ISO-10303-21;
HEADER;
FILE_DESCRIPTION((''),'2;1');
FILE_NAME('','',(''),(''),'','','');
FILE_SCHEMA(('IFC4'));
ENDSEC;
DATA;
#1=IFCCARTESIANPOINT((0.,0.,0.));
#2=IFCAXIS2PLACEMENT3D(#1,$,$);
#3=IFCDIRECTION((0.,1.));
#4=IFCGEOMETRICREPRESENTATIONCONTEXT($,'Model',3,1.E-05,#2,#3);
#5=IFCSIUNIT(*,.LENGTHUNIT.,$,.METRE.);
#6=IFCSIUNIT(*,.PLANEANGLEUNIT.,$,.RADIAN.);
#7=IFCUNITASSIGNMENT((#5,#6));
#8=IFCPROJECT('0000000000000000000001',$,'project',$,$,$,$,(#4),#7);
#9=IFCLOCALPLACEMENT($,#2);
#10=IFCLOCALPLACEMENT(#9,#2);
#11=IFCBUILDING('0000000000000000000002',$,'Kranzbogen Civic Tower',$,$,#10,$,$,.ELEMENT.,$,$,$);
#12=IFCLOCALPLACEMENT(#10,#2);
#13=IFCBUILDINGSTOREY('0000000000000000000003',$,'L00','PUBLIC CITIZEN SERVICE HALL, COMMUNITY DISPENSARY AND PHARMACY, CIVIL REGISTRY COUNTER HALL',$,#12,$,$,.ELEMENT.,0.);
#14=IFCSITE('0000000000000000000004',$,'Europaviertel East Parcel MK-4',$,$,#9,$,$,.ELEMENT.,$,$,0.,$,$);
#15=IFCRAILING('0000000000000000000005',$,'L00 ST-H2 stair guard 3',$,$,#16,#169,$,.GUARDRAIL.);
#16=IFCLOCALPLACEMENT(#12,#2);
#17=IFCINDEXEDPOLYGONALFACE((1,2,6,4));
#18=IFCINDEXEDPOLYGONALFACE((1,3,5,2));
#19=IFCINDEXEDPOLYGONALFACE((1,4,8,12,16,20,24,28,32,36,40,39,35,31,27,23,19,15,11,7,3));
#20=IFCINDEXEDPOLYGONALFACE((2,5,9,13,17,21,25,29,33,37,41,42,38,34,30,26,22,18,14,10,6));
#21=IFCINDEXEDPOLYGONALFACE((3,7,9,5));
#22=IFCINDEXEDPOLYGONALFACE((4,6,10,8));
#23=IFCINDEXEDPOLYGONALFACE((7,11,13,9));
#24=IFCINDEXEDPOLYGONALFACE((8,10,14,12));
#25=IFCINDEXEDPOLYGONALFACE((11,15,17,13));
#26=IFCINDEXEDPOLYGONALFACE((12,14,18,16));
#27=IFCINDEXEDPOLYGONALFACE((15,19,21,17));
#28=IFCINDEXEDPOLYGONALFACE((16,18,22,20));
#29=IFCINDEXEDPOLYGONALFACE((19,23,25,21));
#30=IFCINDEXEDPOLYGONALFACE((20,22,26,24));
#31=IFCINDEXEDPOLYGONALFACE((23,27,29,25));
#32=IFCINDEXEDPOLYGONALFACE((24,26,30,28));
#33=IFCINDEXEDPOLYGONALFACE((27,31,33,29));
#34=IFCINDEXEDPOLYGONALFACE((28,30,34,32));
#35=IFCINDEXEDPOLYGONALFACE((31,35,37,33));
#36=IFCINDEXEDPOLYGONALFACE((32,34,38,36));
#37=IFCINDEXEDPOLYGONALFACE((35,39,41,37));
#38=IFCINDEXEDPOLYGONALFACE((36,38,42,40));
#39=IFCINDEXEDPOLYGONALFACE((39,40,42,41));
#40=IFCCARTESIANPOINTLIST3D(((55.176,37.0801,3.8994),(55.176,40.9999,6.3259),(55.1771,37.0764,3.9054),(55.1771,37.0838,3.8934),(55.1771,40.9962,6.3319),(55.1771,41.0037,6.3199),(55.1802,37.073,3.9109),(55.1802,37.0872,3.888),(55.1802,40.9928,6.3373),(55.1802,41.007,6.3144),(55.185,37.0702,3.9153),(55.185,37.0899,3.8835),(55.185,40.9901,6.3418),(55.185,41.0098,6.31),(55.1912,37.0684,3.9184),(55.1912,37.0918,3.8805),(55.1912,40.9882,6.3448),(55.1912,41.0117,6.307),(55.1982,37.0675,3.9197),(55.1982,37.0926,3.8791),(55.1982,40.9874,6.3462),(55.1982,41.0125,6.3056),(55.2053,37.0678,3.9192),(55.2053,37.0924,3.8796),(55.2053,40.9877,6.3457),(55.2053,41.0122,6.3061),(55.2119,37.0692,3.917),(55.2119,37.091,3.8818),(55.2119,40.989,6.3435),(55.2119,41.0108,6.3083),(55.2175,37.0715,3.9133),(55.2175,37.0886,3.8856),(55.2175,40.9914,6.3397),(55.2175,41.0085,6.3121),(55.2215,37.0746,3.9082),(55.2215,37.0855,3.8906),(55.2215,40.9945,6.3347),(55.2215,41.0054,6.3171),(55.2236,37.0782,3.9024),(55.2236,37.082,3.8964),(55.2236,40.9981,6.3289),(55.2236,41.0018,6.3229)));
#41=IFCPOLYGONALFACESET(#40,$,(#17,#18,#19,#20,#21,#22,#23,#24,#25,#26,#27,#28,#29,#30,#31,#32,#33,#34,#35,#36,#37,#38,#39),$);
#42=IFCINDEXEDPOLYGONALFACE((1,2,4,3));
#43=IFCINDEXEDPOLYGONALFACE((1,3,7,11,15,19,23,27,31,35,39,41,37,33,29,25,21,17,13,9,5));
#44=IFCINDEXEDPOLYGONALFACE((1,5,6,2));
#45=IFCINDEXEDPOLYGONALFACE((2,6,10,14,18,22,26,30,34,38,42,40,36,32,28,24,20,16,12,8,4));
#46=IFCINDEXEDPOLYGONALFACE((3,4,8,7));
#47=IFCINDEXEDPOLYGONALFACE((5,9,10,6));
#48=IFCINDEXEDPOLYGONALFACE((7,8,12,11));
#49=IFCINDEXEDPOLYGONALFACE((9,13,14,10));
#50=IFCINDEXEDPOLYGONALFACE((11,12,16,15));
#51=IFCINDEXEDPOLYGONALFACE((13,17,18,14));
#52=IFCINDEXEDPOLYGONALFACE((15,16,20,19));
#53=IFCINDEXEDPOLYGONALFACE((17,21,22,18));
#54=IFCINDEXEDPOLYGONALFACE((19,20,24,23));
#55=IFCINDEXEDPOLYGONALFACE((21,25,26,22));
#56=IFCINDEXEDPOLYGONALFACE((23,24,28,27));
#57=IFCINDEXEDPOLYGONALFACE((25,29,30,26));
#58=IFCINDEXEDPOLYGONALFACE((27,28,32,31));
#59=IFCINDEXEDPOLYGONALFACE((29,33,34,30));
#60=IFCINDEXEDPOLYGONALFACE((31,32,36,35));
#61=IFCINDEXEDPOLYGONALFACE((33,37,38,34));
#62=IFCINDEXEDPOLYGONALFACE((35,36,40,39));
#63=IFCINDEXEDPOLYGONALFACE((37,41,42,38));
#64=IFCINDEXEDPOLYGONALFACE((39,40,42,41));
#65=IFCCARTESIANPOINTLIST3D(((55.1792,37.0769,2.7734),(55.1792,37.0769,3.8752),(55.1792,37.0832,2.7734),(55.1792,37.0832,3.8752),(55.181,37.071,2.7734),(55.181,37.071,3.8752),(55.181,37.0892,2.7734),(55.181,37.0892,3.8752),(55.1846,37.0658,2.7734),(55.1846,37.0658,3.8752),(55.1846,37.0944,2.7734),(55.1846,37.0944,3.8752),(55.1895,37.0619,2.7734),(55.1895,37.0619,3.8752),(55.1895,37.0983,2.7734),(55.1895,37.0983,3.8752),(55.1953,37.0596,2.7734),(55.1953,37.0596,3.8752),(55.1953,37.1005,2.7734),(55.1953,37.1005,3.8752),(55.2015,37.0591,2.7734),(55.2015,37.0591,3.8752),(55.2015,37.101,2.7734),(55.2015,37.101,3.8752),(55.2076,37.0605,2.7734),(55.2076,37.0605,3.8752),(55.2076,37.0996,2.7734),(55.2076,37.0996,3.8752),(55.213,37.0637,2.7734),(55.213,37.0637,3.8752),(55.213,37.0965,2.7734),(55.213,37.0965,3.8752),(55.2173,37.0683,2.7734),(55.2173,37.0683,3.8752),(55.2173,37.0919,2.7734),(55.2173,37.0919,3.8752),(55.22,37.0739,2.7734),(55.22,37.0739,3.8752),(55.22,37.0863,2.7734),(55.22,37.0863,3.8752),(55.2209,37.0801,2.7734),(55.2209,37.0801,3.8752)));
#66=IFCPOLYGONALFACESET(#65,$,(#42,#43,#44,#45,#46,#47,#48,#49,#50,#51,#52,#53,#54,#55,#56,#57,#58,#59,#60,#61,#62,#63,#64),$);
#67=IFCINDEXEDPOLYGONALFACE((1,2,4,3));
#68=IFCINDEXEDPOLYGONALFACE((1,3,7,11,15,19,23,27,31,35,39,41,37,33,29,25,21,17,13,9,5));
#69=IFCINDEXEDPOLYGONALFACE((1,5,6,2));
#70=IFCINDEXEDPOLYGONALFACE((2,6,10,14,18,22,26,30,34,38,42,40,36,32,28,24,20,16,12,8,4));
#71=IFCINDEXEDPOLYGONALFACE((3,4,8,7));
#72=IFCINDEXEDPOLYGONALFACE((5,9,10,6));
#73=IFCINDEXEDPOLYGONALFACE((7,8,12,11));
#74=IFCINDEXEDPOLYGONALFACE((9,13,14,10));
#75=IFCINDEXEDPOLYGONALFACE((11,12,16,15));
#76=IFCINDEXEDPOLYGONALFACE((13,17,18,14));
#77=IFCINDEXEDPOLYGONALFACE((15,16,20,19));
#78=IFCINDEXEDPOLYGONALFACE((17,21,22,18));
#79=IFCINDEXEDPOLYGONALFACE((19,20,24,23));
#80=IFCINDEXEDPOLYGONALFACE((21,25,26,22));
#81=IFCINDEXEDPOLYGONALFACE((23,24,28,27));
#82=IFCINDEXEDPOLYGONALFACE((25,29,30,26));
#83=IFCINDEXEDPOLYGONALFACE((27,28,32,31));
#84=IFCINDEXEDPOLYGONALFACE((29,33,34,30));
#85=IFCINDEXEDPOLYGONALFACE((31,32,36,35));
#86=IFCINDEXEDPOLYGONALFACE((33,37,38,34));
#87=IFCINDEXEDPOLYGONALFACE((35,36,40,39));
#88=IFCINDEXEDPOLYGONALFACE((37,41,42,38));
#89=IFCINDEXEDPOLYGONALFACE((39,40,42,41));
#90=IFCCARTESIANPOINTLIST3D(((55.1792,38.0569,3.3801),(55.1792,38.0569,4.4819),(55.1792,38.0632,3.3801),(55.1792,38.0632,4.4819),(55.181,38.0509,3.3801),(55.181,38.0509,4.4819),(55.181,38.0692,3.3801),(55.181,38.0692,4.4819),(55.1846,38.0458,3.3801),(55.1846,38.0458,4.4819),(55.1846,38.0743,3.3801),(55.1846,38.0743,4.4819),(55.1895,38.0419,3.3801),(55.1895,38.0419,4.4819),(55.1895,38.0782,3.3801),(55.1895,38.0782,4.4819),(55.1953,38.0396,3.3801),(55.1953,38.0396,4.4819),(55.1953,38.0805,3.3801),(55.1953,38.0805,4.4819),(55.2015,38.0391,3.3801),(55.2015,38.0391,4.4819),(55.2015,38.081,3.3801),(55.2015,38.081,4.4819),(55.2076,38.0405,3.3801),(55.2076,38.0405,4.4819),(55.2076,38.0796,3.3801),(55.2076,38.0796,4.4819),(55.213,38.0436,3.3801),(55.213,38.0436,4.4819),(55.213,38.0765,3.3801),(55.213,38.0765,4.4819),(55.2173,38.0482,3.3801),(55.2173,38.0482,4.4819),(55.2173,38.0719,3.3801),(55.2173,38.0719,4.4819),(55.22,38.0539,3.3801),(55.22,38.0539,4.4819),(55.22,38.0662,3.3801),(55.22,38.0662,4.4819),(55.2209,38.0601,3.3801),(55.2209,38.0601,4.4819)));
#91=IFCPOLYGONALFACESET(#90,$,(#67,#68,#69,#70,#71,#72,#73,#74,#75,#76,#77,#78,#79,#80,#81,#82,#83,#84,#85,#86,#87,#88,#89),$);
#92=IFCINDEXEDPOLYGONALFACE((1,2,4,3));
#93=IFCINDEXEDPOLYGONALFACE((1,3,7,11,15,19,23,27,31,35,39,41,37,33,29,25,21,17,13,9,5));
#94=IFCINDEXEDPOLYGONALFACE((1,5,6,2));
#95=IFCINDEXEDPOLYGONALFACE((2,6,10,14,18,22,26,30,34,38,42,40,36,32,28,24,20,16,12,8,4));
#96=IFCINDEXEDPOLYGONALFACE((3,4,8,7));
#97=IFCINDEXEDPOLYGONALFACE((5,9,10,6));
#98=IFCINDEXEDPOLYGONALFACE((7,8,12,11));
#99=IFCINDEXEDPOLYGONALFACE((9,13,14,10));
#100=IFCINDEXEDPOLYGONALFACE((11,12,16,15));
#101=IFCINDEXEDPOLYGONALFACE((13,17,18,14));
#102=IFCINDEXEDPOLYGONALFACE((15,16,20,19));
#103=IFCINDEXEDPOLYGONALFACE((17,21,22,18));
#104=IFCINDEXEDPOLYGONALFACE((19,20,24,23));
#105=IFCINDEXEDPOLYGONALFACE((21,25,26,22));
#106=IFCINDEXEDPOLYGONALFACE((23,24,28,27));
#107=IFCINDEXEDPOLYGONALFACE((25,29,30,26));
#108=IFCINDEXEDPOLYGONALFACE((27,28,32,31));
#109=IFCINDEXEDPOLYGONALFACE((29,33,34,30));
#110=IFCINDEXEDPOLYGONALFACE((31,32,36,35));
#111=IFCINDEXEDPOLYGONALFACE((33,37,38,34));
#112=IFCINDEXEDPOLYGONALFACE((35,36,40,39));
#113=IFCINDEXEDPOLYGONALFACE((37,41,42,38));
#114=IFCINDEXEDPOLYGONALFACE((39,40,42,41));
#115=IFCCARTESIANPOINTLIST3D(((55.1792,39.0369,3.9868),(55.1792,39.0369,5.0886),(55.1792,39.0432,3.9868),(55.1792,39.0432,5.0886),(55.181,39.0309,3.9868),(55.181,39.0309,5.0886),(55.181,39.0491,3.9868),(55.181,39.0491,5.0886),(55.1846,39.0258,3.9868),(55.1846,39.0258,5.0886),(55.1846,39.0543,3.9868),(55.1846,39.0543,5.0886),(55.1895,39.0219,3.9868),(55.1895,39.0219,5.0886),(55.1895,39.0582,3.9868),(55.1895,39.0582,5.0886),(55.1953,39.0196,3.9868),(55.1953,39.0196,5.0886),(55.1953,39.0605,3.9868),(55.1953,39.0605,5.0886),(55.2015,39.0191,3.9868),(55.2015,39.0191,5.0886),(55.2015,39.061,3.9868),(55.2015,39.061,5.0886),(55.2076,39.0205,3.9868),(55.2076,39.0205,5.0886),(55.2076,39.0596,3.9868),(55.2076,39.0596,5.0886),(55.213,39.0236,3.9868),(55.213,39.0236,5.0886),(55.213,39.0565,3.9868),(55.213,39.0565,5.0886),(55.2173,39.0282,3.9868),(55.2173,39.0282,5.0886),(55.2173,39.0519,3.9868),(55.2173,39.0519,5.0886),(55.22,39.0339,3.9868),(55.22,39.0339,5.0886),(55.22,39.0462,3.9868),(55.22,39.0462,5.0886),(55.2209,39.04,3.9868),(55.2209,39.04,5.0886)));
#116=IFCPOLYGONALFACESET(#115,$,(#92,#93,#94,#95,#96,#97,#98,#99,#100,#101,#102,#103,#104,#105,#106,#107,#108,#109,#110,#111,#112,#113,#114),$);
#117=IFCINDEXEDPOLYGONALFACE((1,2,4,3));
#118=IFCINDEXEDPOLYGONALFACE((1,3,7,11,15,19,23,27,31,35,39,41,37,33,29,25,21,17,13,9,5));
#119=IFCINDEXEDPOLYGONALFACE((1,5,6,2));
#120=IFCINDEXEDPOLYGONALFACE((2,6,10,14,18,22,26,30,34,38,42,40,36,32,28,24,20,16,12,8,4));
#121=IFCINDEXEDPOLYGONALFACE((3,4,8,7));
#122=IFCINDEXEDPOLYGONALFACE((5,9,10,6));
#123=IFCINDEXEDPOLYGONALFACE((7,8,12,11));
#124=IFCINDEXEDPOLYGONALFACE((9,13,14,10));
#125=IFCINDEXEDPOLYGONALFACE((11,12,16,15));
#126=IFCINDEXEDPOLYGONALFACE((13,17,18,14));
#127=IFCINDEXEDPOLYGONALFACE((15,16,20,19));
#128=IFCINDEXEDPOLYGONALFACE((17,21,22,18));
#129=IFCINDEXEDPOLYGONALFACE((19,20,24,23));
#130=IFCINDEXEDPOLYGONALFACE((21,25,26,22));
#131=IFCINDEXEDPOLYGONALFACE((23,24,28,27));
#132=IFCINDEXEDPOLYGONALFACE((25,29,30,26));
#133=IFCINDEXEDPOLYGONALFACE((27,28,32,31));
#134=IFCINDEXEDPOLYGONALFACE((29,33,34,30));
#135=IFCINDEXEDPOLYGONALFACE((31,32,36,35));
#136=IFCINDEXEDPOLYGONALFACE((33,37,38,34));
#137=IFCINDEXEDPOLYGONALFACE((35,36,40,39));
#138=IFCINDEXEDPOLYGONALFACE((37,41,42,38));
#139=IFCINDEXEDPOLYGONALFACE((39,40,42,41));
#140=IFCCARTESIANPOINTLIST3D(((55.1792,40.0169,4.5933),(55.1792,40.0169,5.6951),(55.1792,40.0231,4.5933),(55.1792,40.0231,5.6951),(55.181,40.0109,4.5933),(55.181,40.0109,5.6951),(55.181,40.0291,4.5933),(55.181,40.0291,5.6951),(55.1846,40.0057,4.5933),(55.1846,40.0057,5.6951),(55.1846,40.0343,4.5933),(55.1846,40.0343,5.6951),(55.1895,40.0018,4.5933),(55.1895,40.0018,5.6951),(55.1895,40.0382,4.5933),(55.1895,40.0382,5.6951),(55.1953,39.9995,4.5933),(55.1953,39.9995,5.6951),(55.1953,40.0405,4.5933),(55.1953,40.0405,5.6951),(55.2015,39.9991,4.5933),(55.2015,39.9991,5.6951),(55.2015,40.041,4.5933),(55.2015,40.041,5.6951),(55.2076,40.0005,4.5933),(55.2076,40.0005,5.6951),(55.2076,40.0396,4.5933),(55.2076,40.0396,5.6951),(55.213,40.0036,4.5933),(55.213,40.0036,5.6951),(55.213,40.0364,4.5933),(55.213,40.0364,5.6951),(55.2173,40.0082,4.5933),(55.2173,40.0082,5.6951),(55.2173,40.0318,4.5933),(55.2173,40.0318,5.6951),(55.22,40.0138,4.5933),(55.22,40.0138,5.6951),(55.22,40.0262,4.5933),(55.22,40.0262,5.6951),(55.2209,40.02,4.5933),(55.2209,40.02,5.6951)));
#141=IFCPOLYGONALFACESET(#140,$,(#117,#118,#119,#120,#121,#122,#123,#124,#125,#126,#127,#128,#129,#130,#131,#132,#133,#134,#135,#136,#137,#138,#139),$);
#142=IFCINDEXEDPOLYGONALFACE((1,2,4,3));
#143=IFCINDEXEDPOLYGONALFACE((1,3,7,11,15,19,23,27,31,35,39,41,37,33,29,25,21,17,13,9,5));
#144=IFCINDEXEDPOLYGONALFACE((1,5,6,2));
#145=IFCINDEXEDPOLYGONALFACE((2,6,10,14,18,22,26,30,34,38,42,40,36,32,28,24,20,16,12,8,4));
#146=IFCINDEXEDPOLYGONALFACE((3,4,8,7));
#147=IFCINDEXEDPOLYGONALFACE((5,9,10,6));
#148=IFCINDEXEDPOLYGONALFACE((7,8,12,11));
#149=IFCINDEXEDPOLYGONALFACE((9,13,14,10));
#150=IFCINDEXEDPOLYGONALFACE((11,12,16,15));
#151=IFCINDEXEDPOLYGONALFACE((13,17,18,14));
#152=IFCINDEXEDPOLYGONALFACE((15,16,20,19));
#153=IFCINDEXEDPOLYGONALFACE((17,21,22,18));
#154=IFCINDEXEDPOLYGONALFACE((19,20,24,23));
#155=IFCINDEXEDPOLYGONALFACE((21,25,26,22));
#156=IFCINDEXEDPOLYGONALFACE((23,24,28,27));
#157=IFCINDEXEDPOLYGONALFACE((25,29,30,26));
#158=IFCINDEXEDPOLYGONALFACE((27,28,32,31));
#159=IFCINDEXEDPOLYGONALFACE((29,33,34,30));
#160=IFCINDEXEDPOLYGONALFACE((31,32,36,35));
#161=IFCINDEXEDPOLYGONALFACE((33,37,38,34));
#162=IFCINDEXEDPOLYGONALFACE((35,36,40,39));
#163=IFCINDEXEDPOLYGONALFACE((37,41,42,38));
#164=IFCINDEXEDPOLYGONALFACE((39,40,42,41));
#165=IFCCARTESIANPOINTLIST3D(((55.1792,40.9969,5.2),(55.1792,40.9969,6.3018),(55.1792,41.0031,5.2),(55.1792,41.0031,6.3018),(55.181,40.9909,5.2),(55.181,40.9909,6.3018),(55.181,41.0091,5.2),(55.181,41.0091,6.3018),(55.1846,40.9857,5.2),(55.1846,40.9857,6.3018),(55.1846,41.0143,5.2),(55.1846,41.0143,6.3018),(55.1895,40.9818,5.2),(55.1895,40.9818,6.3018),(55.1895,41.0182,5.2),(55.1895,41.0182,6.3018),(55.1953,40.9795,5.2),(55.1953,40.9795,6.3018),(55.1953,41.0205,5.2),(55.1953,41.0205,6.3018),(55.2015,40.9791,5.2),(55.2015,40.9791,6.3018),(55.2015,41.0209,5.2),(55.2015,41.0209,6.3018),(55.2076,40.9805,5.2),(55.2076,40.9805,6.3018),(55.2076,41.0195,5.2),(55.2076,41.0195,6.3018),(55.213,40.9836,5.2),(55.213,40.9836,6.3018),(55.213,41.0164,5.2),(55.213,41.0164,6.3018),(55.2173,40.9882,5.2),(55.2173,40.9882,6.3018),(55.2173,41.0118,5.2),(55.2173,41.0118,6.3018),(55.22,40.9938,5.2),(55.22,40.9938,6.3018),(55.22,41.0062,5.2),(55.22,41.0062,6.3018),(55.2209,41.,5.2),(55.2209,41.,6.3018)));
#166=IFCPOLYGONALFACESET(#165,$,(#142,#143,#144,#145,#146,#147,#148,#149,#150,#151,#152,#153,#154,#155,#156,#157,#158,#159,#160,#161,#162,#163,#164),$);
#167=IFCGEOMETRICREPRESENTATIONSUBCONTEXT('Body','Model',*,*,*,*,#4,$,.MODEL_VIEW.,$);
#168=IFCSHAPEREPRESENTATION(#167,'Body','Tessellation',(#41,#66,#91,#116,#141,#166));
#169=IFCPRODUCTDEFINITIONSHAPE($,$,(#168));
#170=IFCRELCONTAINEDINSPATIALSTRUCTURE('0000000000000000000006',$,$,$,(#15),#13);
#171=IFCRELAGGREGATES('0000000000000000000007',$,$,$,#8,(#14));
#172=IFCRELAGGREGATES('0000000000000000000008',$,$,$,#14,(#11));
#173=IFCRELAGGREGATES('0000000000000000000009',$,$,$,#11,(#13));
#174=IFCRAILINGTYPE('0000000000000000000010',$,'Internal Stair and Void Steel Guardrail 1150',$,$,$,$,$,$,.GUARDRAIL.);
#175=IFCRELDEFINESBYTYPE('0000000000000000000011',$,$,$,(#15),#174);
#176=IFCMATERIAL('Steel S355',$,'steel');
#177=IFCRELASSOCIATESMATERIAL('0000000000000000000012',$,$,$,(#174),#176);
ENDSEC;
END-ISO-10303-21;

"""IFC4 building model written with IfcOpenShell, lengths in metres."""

from ifc_helpers import new_model, si_unit, direction, frame, origin, origin_2d, place, context, subcontext, project, spatial, circle, extrude, material, type_object, element, save


model = new_model("IFC4")

# Units and contexts
model_context = context("Model", 3, precision=1e-05, world=origin(), true_north=direction((0.0, 1.0)))
body_context = subcontext(model_context, "Body", "Model", "MODEL_VIEW")
ifc_project = project(units=[si_unit("LENGTHUNIT", "METRE"), si_unit("PLANEANGLEUNIT", "RADIAN")], contexts=[model_context])

# Site, building, storey
site_placement = place(None, origin())
site = spatial("IfcSite", under=ifc_project, at=site_placement, Name="Europaviertel East Parcel MK-4", CompositionType="ELEMENT", RefElevation=0.0)
building_placement = place(site_placement, origin())
building = spatial("IfcBuilding", under=site, at=building_placement, Name="Kranzbogen Civic Tower", CompositionType="ELEMENT")
storey_placement = place(building_placement, origin())
storey = spatial("IfcBuildingStorey", under=building, at=storey_placement, Name="L00", Description="PUBLIC CITIZEN SERVICE HALL, COMMUNITY DISPENSARY AND PHARMACY, CIVIL REGISTRY COUNTER HALL", CompositionType="ELEMENT", Elevation=0.0)

# Shared definitions
ifc_material_1 = material(Name="Steel S355", Category="steel")

# Railing
railing_type_1 = type_object("IfcRailingType", Name="Internal Stair and Void Steel Guardrail 1150", PredefinedType="GUARDRAIL", material=ifc_material_1)
railing_1_placement = place(storey_placement, frame((55.2, 37.0801, 2.7734)))
element("IfcRailing", 1, at=railing_1_placement, inside=storey, type_object=railing_type_1, Name="L00 ST-H2 stair guard 3", PredefinedType="GUARDRAIL", context=body_context, shape_type="SweptSolid", body=[
    extrude(circle(Radius=0.0239, at=origin_2d()), frame((0.0, 0.0, 1.126), z_axis=(0.0, 0.850275, 0.526338), x_axis=(-1.0, 0.0, 0.0)), (0.0, 0.0, 1.0), 4.6101),
    extrude(circle(Radius=0.021, at=origin_2d()), origin(), (0.0, 0.0, 1.0), 1.1018),
    extrude(circle(Radius=0.021, at=origin_2d()), frame((0.0, 0.98, 0.6067)), (0.0, 0.0, 1.0), 1.1018),
    extrude(circle(Radius=0.021, at=origin_2d()), frame((0.0, 1.96, 1.2134)), (0.0, 0.0, 1.0), 1.1018),
    extrude(circle(Radius=0.021, at=origin_2d()), frame((0.0, 2.9399, 1.8198)), (0.0, 0.0, 1.0), 1.1018),
    extrude(circle(Radius=0.021, at=origin_2d()), frame((0.0, 3.9199, 2.4265)), (0.0, 0.0, 1.0), 1.1018),
])

save(model, "model.ifc")
